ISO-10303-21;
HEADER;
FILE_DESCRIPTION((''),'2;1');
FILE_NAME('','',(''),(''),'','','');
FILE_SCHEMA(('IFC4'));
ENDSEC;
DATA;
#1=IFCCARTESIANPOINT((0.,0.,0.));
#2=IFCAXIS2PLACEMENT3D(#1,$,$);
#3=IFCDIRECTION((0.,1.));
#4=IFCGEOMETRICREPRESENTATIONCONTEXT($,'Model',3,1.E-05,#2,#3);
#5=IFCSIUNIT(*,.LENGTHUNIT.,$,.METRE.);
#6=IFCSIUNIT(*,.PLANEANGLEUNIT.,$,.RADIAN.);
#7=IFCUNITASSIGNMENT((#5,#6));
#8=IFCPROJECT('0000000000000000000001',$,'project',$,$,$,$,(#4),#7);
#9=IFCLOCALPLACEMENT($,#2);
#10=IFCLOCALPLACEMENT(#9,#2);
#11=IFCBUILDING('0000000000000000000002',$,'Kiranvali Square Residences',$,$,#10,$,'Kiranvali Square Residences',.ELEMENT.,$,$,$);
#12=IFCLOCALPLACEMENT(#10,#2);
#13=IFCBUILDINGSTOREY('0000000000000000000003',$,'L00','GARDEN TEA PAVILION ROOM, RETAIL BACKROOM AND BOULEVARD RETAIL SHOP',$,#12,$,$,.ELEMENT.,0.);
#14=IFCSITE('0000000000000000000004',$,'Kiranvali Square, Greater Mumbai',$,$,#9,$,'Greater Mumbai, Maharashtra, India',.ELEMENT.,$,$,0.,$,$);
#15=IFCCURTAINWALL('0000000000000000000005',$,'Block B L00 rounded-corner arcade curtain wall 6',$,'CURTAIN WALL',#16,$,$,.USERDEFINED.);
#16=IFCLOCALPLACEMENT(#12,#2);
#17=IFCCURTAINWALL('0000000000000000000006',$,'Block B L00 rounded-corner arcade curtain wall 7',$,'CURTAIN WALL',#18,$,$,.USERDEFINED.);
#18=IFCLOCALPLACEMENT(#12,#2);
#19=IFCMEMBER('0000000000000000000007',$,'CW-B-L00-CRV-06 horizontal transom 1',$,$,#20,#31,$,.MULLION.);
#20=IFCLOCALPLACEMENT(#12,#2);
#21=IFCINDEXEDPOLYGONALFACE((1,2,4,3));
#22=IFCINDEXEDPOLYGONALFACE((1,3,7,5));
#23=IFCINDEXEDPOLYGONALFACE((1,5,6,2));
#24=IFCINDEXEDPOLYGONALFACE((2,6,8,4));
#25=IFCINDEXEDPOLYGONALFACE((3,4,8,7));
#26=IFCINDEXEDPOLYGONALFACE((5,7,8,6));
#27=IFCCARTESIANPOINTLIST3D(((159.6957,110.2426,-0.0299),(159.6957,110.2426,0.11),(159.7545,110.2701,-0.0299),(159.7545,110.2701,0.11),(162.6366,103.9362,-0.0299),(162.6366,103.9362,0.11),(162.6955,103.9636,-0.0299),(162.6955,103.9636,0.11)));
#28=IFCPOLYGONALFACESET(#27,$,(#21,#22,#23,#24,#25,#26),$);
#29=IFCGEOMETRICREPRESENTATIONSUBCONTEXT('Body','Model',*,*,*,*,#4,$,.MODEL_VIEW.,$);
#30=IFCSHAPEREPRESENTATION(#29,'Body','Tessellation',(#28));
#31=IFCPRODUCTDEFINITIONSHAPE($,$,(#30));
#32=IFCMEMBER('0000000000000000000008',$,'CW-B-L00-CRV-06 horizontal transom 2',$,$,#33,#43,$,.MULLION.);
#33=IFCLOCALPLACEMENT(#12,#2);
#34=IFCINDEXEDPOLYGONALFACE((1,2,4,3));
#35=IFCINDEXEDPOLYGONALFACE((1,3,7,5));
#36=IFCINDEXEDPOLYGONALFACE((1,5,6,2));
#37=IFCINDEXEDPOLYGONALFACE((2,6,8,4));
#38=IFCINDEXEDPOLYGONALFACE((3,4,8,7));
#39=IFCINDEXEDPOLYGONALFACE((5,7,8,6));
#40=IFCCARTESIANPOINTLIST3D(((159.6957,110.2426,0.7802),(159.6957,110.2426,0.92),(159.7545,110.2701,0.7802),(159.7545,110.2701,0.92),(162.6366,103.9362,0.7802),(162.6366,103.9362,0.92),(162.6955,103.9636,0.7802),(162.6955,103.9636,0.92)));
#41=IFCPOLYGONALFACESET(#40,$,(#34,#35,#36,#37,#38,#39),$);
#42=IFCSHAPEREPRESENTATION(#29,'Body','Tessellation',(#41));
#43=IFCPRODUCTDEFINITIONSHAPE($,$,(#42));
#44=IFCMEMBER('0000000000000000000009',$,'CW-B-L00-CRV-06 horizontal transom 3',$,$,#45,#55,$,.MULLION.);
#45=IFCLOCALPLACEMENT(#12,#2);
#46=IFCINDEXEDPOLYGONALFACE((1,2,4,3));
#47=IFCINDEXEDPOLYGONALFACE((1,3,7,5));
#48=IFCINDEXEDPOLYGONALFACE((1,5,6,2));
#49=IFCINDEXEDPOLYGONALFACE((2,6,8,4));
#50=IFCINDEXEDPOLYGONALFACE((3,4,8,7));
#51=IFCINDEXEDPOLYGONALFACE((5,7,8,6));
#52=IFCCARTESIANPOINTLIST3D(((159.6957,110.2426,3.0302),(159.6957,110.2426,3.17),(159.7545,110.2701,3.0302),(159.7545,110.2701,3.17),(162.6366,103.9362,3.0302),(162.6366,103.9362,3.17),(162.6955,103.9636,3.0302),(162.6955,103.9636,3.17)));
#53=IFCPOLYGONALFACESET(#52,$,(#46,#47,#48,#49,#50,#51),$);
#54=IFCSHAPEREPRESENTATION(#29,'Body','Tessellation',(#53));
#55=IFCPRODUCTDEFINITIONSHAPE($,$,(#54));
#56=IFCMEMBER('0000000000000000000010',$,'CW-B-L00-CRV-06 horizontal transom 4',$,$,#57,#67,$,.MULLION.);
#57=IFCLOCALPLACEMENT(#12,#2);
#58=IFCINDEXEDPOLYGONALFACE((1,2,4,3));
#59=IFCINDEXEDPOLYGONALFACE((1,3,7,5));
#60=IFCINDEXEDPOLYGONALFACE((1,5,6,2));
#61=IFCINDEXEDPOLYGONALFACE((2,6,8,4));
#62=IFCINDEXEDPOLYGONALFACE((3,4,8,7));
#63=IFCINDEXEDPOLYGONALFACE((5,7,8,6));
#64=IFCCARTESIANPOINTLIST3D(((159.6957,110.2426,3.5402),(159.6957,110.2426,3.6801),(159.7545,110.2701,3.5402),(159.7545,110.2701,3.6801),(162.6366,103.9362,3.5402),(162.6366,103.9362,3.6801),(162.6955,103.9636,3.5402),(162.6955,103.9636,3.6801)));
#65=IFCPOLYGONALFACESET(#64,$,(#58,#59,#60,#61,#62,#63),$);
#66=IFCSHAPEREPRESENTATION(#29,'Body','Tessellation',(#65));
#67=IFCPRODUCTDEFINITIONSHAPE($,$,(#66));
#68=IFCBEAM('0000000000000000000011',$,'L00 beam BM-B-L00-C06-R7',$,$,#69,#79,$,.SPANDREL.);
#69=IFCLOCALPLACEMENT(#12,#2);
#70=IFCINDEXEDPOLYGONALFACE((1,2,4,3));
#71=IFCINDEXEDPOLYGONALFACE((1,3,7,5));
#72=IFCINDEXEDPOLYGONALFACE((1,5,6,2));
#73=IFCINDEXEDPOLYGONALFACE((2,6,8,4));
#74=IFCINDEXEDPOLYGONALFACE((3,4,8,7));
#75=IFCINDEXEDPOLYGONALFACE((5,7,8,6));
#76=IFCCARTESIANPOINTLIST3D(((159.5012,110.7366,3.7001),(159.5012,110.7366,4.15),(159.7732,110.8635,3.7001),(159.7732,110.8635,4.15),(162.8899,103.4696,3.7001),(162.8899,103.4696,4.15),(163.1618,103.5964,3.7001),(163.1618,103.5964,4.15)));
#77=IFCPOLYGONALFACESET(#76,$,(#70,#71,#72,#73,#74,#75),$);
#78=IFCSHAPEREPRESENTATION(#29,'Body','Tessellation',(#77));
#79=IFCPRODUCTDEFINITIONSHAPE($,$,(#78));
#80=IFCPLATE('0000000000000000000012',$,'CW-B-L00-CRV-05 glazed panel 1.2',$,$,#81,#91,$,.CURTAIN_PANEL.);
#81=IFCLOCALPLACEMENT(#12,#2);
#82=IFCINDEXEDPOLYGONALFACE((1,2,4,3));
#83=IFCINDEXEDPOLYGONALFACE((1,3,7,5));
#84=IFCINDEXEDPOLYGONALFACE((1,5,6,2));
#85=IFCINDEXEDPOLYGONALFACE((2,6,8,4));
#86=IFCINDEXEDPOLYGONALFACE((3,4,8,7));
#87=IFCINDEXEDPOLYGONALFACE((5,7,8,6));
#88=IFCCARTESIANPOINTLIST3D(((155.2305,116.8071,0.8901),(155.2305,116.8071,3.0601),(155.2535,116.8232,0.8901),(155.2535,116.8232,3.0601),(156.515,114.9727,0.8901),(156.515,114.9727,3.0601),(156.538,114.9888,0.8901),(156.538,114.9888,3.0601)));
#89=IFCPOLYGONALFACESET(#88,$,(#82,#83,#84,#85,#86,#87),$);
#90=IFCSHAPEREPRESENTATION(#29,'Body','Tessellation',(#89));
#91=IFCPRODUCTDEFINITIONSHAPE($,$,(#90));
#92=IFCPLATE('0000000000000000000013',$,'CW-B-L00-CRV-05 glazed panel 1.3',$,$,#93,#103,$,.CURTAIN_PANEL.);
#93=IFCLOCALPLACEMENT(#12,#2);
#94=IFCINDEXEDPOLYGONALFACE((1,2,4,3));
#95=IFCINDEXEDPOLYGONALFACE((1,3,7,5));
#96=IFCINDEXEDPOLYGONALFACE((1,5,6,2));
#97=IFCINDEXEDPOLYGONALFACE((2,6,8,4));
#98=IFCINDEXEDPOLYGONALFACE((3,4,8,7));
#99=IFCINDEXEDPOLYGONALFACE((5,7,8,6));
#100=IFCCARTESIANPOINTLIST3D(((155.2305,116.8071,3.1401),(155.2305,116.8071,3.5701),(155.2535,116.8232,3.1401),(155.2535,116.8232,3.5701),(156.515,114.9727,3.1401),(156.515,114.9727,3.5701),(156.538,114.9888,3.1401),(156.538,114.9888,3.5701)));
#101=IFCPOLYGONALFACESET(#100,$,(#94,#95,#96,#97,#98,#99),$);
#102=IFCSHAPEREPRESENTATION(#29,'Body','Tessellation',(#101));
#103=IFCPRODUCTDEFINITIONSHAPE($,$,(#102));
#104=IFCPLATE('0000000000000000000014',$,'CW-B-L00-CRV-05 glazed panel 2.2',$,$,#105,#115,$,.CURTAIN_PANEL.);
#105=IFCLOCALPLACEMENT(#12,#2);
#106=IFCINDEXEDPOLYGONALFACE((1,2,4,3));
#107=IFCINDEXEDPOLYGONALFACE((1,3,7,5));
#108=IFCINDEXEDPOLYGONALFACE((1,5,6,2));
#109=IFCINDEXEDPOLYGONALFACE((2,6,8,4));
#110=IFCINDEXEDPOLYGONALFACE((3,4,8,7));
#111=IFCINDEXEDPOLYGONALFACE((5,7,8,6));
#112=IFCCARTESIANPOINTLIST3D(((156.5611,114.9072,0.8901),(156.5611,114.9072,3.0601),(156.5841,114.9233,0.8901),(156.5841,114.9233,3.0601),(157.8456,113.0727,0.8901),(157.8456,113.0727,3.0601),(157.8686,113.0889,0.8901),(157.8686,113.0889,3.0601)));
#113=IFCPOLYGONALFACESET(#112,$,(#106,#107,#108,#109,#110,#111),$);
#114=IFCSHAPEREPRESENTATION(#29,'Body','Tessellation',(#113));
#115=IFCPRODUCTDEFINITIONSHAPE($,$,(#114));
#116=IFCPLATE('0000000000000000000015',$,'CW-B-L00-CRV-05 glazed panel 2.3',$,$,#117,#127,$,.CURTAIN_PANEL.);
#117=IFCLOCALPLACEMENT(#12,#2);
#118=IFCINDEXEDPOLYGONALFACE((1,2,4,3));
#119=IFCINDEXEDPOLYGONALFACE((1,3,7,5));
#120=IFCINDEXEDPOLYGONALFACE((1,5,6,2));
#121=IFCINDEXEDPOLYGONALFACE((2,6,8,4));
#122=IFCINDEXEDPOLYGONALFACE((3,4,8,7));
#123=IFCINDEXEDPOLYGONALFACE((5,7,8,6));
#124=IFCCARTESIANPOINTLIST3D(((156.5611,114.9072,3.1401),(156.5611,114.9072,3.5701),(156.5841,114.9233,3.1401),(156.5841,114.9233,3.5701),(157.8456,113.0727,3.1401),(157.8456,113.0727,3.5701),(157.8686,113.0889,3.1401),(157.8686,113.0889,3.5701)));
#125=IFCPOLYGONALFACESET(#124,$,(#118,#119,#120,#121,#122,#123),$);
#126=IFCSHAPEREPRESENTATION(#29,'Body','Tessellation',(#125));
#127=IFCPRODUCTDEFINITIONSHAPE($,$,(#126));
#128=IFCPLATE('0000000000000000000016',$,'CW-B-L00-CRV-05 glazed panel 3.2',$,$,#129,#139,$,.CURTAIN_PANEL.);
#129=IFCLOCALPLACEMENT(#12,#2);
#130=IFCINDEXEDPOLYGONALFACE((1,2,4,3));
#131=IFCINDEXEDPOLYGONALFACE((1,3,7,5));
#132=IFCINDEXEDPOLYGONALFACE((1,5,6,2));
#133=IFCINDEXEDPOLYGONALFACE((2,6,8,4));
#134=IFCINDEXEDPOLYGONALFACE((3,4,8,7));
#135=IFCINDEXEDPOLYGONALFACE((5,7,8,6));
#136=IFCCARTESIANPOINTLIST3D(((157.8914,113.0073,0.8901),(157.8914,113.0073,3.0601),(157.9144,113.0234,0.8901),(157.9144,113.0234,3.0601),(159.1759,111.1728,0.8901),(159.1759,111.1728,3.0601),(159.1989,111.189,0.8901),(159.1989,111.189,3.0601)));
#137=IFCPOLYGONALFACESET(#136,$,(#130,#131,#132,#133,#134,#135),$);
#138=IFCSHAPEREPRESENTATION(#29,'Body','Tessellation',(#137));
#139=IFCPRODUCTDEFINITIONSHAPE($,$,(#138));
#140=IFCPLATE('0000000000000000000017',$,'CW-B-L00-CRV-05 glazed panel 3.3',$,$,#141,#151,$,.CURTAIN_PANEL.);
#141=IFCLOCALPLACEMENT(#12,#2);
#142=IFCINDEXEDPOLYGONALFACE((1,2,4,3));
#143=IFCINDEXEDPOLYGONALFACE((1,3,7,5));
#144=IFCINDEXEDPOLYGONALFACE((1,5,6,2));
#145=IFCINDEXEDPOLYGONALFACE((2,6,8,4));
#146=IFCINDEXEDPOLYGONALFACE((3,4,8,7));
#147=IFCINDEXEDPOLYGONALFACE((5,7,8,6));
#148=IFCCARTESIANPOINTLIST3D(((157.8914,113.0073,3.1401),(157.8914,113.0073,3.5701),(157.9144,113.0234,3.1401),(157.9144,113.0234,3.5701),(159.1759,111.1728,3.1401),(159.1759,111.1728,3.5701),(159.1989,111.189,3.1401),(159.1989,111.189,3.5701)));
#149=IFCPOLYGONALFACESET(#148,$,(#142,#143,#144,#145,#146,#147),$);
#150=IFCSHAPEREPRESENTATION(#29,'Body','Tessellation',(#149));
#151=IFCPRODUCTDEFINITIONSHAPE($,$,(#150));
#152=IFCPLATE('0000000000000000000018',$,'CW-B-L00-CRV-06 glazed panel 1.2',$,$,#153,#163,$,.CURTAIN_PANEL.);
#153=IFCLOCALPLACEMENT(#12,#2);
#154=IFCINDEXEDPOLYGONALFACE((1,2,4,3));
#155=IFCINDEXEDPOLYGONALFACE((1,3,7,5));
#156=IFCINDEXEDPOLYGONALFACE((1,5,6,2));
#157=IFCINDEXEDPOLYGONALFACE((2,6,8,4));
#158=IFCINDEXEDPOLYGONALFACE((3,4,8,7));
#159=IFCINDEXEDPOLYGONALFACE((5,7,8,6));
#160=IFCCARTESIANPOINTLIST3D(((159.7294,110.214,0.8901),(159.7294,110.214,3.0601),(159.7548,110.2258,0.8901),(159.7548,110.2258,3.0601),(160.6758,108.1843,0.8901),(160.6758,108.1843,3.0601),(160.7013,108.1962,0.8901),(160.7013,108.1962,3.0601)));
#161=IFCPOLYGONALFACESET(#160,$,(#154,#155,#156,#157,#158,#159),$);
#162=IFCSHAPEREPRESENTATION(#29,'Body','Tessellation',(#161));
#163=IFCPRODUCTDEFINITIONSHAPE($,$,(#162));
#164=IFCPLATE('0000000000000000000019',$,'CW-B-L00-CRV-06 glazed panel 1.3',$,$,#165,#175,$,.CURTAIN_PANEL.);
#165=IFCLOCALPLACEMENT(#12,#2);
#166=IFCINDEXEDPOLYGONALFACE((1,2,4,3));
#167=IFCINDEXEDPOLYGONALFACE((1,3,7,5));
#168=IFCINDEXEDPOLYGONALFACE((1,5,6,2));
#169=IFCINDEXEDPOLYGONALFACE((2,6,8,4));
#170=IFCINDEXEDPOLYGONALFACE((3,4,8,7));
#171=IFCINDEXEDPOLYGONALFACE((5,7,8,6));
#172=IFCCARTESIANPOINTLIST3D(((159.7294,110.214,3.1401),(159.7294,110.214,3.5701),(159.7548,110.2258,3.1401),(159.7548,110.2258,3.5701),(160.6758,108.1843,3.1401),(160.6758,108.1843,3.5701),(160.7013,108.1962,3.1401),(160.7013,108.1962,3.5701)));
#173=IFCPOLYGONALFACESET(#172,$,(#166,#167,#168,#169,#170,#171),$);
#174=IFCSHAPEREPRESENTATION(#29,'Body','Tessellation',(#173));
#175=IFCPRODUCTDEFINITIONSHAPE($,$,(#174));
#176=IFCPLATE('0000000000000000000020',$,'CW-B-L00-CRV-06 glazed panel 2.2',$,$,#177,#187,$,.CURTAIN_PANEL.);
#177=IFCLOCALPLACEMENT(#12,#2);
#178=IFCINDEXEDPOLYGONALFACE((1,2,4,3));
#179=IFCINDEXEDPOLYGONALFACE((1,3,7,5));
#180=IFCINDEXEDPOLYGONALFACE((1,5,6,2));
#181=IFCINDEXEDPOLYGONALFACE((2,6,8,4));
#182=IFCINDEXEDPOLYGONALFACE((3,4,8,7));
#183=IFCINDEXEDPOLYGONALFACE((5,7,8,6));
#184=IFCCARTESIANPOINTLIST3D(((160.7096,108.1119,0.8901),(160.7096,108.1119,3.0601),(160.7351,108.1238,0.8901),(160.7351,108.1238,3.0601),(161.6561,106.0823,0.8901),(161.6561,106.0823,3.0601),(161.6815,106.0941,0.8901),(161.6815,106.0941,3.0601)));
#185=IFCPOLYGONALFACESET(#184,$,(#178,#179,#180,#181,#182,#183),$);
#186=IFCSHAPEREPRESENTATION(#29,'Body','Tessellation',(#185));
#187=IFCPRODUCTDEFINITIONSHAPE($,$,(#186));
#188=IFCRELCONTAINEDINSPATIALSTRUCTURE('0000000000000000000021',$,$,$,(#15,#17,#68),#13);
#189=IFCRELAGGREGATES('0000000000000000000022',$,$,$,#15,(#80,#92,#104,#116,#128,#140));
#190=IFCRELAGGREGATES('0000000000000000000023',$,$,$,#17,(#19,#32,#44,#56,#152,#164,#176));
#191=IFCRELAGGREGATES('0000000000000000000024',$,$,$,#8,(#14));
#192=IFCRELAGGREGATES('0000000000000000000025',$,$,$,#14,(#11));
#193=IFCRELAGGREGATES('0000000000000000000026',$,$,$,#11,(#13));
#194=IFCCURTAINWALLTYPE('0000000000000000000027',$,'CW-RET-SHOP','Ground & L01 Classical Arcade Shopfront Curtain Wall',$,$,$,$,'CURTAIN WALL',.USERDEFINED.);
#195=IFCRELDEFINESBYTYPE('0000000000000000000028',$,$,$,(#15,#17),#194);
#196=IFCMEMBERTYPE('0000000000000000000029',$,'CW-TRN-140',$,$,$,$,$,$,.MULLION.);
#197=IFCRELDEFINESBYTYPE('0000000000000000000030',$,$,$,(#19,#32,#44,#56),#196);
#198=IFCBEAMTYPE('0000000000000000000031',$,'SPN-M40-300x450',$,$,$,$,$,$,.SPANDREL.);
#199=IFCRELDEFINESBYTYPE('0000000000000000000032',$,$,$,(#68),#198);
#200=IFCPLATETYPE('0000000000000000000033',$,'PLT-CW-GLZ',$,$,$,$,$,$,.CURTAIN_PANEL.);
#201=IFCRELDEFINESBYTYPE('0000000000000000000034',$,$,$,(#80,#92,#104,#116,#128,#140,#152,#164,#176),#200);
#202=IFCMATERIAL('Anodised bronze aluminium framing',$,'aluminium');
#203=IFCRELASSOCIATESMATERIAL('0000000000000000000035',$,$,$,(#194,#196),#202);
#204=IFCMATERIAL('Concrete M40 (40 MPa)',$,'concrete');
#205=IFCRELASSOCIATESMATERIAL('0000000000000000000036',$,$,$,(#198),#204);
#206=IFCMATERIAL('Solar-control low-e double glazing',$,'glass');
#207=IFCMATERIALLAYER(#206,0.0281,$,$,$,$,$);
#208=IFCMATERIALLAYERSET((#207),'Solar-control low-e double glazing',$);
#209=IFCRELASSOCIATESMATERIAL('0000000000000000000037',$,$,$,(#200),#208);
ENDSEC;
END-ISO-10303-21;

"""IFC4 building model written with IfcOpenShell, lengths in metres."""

from ifc_helpers import new_model, si_unit, direction, frame, origin, origin_2d, place, context, subcontext, project, spatial, rectangle, extrude, material, layer, layer_set, material_profile, profile_set, type_object, element, aggregate, save


model = new_model("IFC4")

# Units and contexts
model_context = context("Model", 3, precision=1e-05, world=origin(), true_north=direction((0.0, 1.0)))
body_context = subcontext(model_context, "Body", "Model", "MODEL_VIEW")
ifc_project = project(units=[si_unit("LENGTHUNIT", "METRE"), si_unit("PLANEANGLEUNIT", "RADIAN")], contexts=[model_context])

# Site, building, storey
site_placement = place(None, origin())
site = spatial("IfcSite", under=ifc_project, at=site_placement, Name="Kiranvali Square, Greater Mumbai", LongName="Greater Mumbai, Maharashtra, India", CompositionType="ELEMENT", RefElevation=0.0)
building_placement = place(site_placement, origin())
building = spatial("IfcBuilding", under=site, at=building_placement, Name="Kiranvali Square Residences", LongName="Kiranvali Square Residences", CompositionType="ELEMENT")
storey_placement = place(building_placement, origin())
storey = spatial("IfcBuildingStorey", under=building, at=storey_placement, Name="L00", Description="GARDEN TEA PAVILION ROOM, RETAIL BACKROOM AND BOULEVARD RETAIL SHOP", CompositionType="ELEMENT", Elevation=0.0)

# Curtain walls
ifc_material_1 = material(Name="Anodised bronze aluminium framing", Category="aluminium")
curtain_wall_type = type_object("IfcCurtainWallType", Name="CW-RET-SHOP", Description="Ground & L01 Classical Arcade Shopfront Curtain Wall", ElementType="CURTAIN WALL", PredefinedType="USERDEFINED", material=ifc_material_1)
curtain_wall_1_placement = place(storey_placement, origin())
curtain_wall_1 = element("IfcCurtainWall", 1, at=curtain_wall_1_placement, inside=storey, type_object=curtain_wall_type, Name="Block B L00 rounded-corner arcade curtain wall 6", ObjectType="CURTAIN WALL", PredefinedType="USERDEFINED")
curtain_wall_2_placement = place(storey_placement, origin())
curtain_wall_2 = element("IfcCurtainWall", 2, at=curtain_wall_2_placement, inside=storey, type_object=curtain_wall_type, Name="Block B L00 rounded-corner arcade curtain wall 7", ObjectType="CURTAIN WALL", PredefinedType="USERDEFINED")

# Members
ifc_material_profile_1 = material_profile(ifc_material_1, rectangle(XDim=0.0649, YDim=0.1399, at=origin_2d()), Name="ALU 65x140")
ifc_profile_set_1 = profile_set([ifc_material_profile_1], Name="Anodised bronze aluminium framing")
member_type_1 = type_object("IfcMemberType", Name="CW-TRN-140", PredefinedType="MULLION", material=ifc_profile_set_1)
member_1_placement = place(storey_placement, frame((159.7251, 110.2563, 0.04), z_axis=(0.422642, -0.906297, 0.0), x_axis=(0.906297, 0.422642, 0.0)))
member_1 = element("IfcMember", 3, at=member_1_placement, type_object=member_type_1, Name="CW-B-L00-CRV-06 horizontal transom 1", PredefinedType="MULLION", context=body_context, shape_type="SweptSolid", body=[
    extrude(rectangle(XDim=0.0649, YDim=0.1399, at=origin_2d()), origin(), (0.0, 0.0, 1.0), 6.9585),
])
member_2_placement = place(storey_placement, frame((159.7251, 110.2563, 0.8501), z_axis=(0.422642, -0.906297, 0.0), x_axis=(0.906297, 0.422642, 0.0)))
member_2 = element("IfcMember", 4, at=member_2_placement, type_object=member_type_1, Name="CW-B-L00-CRV-06 horizontal transom 2", PredefinedType="MULLION", context=body_context, shape_type="SweptSolid", body=[
    extrude(rectangle(XDim=0.0649, YDim=0.1399, at=origin_2d()), origin(), (0.0, 0.0, 1.0), 6.9585),
])
member_3_placement = place(storey_placement, frame((159.7251, 110.2563, 3.1001), z_axis=(0.422642, -0.906297, 0.0), x_axis=(0.906297, 0.422642, 0.0)))
member_3 = element("IfcMember", 5, at=member_3_placement, type_object=member_type_1, Name="CW-B-L00-CRV-06 horizontal transom 3", PredefinedType="MULLION", context=body_context, shape_type="SweptSolid", body=[
    extrude(rectangle(XDim=0.0649, YDim=0.1399, at=origin_2d()), origin(), (0.0, 0.0, 1.0), 6.9585),
])
member_4_placement = place(storey_placement, frame((159.7251, 110.2563, 3.6101), z_axis=(0.422642, -0.906297, 0.0), x_axis=(0.906297, 0.422642, 0.0)))
member_4 = element("IfcMember", 6, at=member_4_placement, type_object=member_type_1, Name="CW-B-L00-CRV-06 horizontal transom 4", PredefinedType="MULLION", context=body_context, shape_type="SweptSolid", body=[
    extrude(rectangle(XDim=0.0649, YDim=0.1399, at=origin_2d()), origin(), (0.0, 0.0, 1.0), 6.9585),
])

# Beam
ifc_material_2 = material(Name="Concrete M40 (40 MPa)", Category="concrete")
ifc_material_profile_2 = material_profile(ifc_material_2, rectangle(XDim=0.3, YDim=0.45, at=origin_2d()), Name="RC 300x450")
ifc_profile_set_2 = profile_set([ifc_material_profile_2], Name="Concrete M40 (40 MPa)")
beam_type_1 = type_object("IfcBeamType", Name="SPN-M40-300x450", PredefinedType="SPANDREL", material=ifc_profile_set_2)
beam_1_placement = place(storey_placement, frame((159.6372, 110.8, 3.925), z_axis=(0.422615, -0.906309, 0.0), x_axis=(0.906309, 0.422615, 0.0)))
element("IfcBeam", 7, at=beam_1_placement, inside=storey, type_object=beam_type_1, Name="L00 beam BM-B-L00-C06-R7", PredefinedType="SPANDREL", context=body_context, shape_type="SweptSolid", body=[
    extrude(rectangle(XDim=0.3, YDim=0.45, at=origin_2d()), origin(), (0.0, 0.0, 1.0), 8.0183),
])

# Plates
ifc_material_3 = material(Name="Solar-control low-e double glazing", Category="glass")
ifc_layer_1 = layer(ifc_material_3, 0.0281)
ifc_layer_set_1 = layer_set([ifc_layer_1], Name="Solar-control low-e double glazing")
plate_type_1 = type_object("IfcPlateType", Name="PLT-CW-GLZ", PredefinedType="CURTAIN_PANEL", material=ifc_layer_set_1)
plate_1_placement = place(storey_placement, frame((155.8843, 115.8979, 0.8901), z_axis=(0.0, 0.0, 1.0), x_axis=(0.573576, -0.819152, 0.0)))
plate_1 = element("IfcPlate", 8, at=plate_1_placement, type_object=plate_type_1, Name="CW-B-L00-CRV-05 glazed panel 1.2", PredefinedType="CURTAIN_PANEL", context=body_context, shape_type="SweptSolid", body=[
    extrude(rectangle(XDim=2.2395, YDim=0.0281, at=origin_2d()), origin(), (0.0, 0.0, 1.0), 2.1699),
])
plate_2_placement = place(storey_placement, frame((155.8843, 115.8979, 3.1401), z_axis=(0.0, 0.0, 1.0), x_axis=(0.573576, -0.819152, 0.0)))
plate_2 = element("IfcPlate", 9, at=plate_2_placement, type_object=plate_type_1, Name="CW-B-L00-CRV-05 glazed panel 1.3", PredefinedType="CURTAIN_PANEL", context=body_context, shape_type="SweptSolid", body=[
    extrude(rectangle(XDim=2.2395, YDim=0.0281, at=origin_2d()), origin(), (0.0, 0.0, 1.0), 0.4299),
])
plate_3_placement = place(storey_placement, frame((157.2148, 113.998, 0.8901), z_axis=(0.0, 0.0, 1.0), x_axis=(0.573576, -0.819152, 0.0)))
plate_3 = element("IfcPlate", 10, at=plate_3_placement, type_object=plate_type_1, Name="CW-B-L00-CRV-05 glazed panel 2.2", PredefinedType="CURTAIN_PANEL", context=body_context, shape_type="SweptSolid", body=[
    extrude(rectangle(XDim=2.2395, YDim=0.0281, at=origin_2d()), origin(), (0.0, 0.0, 1.0), 2.1699),
])
plate_4_placement = place(storey_placement, frame((157.2148, 113.998, 3.1401), z_axis=(0.0, 0.0, 1.0), x_axis=(0.573576, -0.819152, 0.0)))
plate_4 = element("IfcPlate", 11, at=plate_4_placement, type_object=plate_type_1, Name="CW-B-L00-CRV-05 glazed panel 2.3", PredefinedType="CURTAIN_PANEL", context=body_context, shape_type="SweptSolid", body=[
    extrude(rectangle(XDim=2.2395, YDim=0.0281, at=origin_2d()), origin(), (0.0, 0.0, 1.0), 0.4299),
])
plate_5_placement = place(storey_placement, frame((158.5452, 112.0981, 0.8901), z_axis=(0.0, 0.0, 1.0), x_axis=(0.573576, -0.819152, 0.0)))
plate_5 = element("IfcPlate", 12, at=plate_5_placement, type_object=plate_type_1, Name="CW-B-L00-CRV-05 glazed panel 3.2", PredefinedType="CURTAIN_PANEL", context=body_context, shape_type="SweptSolid", body=[
    extrude(rectangle(XDim=2.2395, YDim=0.0281, at=origin_2d()), origin(), (0.0, 0.0, 1.0), 2.1699),
])
plate_6_placement = place(storey_placement, frame((158.5452, 112.0981, 3.1401), z_axis=(0.0, 0.0, 1.0), x_axis=(0.573576, -0.819152, 0.0)))
plate_6 = element("IfcPlate", 13, at=plate_6_placement, type_object=plate_type_1, Name="CW-B-L00-CRV-05 glazed panel 3.3", PredefinedType="CURTAIN_PANEL", context=body_context, shape_type="SweptSolid", body=[
    extrude(rectangle(XDim=2.2395, YDim=0.0281, at=origin_2d()), origin(), (0.0, 0.0, 1.0), 0.4299),
])
plate_7_placement = place(storey_placement, frame((160.2153, 109.2051, 0.8901), z_axis=(0.0, 0.0, 1.0), x_axis=(0.422618, -0.906308, 0.0)))
plate_7 = element("IfcPlate", 14, at=plate_7_placement, type_object=plate_type_1, Name="CW-B-L00-CRV-06 glazed panel 1.2", PredefinedType="CURTAIN_PANEL", context=body_context, shape_type="SweptSolid", body=[
    extrude(rectangle(XDim=2.2395, YDim=0.0281, at=origin_2d()), origin(), (0.0, 0.0, 1.0), 2.1699),
])
plate_8_placement = place(storey_placement, frame((160.2153, 109.2051, 3.1401), z_axis=(0.0, 0.0, 1.0), x_axis=(0.422618, -0.906308, 0.0)))
plate_8 = element("IfcPlate", 15, at=plate_8_placement, type_object=plate_type_1, Name="CW-B-L00-CRV-06 glazed panel 1.3", PredefinedType="CURTAIN_PANEL", context=body_context, shape_type="SweptSolid", body=[
    extrude(rectangle(XDim=2.2395, YDim=0.0281, at=origin_2d()), origin(), (0.0, 0.0, 1.0), 0.4299),
])
plate_9_placement = place(storey_placement, frame((161.1956, 107.103, 0.8901), z_axis=(0.0, 0.0, 1.0), x_axis=(0.422618, -0.906308, 0.0)))
plate_9 = element("IfcPlate", 16, at=plate_9_placement, type_object=plate_type_1, Name="CW-B-L00-CRV-06 glazed panel 2.2", PredefinedType="CURTAIN_PANEL", context=body_context, shape_type="SweptSolid", body=[
    extrude(rectangle(XDim=2.2395, YDim=0.0281, at=origin_2d()), origin(), (0.0, 0.0, 1.0), 2.1699),
])
aggregate(curtain_wall_1, [plate_1, plate_2, plate_3, plate_4, plate_5, plate_6])
aggregate(curtain_wall_2, [member_1, member_2, member_3, member_4, plate_7, plate_8, plate_9])

save(model, "model.ifc")
